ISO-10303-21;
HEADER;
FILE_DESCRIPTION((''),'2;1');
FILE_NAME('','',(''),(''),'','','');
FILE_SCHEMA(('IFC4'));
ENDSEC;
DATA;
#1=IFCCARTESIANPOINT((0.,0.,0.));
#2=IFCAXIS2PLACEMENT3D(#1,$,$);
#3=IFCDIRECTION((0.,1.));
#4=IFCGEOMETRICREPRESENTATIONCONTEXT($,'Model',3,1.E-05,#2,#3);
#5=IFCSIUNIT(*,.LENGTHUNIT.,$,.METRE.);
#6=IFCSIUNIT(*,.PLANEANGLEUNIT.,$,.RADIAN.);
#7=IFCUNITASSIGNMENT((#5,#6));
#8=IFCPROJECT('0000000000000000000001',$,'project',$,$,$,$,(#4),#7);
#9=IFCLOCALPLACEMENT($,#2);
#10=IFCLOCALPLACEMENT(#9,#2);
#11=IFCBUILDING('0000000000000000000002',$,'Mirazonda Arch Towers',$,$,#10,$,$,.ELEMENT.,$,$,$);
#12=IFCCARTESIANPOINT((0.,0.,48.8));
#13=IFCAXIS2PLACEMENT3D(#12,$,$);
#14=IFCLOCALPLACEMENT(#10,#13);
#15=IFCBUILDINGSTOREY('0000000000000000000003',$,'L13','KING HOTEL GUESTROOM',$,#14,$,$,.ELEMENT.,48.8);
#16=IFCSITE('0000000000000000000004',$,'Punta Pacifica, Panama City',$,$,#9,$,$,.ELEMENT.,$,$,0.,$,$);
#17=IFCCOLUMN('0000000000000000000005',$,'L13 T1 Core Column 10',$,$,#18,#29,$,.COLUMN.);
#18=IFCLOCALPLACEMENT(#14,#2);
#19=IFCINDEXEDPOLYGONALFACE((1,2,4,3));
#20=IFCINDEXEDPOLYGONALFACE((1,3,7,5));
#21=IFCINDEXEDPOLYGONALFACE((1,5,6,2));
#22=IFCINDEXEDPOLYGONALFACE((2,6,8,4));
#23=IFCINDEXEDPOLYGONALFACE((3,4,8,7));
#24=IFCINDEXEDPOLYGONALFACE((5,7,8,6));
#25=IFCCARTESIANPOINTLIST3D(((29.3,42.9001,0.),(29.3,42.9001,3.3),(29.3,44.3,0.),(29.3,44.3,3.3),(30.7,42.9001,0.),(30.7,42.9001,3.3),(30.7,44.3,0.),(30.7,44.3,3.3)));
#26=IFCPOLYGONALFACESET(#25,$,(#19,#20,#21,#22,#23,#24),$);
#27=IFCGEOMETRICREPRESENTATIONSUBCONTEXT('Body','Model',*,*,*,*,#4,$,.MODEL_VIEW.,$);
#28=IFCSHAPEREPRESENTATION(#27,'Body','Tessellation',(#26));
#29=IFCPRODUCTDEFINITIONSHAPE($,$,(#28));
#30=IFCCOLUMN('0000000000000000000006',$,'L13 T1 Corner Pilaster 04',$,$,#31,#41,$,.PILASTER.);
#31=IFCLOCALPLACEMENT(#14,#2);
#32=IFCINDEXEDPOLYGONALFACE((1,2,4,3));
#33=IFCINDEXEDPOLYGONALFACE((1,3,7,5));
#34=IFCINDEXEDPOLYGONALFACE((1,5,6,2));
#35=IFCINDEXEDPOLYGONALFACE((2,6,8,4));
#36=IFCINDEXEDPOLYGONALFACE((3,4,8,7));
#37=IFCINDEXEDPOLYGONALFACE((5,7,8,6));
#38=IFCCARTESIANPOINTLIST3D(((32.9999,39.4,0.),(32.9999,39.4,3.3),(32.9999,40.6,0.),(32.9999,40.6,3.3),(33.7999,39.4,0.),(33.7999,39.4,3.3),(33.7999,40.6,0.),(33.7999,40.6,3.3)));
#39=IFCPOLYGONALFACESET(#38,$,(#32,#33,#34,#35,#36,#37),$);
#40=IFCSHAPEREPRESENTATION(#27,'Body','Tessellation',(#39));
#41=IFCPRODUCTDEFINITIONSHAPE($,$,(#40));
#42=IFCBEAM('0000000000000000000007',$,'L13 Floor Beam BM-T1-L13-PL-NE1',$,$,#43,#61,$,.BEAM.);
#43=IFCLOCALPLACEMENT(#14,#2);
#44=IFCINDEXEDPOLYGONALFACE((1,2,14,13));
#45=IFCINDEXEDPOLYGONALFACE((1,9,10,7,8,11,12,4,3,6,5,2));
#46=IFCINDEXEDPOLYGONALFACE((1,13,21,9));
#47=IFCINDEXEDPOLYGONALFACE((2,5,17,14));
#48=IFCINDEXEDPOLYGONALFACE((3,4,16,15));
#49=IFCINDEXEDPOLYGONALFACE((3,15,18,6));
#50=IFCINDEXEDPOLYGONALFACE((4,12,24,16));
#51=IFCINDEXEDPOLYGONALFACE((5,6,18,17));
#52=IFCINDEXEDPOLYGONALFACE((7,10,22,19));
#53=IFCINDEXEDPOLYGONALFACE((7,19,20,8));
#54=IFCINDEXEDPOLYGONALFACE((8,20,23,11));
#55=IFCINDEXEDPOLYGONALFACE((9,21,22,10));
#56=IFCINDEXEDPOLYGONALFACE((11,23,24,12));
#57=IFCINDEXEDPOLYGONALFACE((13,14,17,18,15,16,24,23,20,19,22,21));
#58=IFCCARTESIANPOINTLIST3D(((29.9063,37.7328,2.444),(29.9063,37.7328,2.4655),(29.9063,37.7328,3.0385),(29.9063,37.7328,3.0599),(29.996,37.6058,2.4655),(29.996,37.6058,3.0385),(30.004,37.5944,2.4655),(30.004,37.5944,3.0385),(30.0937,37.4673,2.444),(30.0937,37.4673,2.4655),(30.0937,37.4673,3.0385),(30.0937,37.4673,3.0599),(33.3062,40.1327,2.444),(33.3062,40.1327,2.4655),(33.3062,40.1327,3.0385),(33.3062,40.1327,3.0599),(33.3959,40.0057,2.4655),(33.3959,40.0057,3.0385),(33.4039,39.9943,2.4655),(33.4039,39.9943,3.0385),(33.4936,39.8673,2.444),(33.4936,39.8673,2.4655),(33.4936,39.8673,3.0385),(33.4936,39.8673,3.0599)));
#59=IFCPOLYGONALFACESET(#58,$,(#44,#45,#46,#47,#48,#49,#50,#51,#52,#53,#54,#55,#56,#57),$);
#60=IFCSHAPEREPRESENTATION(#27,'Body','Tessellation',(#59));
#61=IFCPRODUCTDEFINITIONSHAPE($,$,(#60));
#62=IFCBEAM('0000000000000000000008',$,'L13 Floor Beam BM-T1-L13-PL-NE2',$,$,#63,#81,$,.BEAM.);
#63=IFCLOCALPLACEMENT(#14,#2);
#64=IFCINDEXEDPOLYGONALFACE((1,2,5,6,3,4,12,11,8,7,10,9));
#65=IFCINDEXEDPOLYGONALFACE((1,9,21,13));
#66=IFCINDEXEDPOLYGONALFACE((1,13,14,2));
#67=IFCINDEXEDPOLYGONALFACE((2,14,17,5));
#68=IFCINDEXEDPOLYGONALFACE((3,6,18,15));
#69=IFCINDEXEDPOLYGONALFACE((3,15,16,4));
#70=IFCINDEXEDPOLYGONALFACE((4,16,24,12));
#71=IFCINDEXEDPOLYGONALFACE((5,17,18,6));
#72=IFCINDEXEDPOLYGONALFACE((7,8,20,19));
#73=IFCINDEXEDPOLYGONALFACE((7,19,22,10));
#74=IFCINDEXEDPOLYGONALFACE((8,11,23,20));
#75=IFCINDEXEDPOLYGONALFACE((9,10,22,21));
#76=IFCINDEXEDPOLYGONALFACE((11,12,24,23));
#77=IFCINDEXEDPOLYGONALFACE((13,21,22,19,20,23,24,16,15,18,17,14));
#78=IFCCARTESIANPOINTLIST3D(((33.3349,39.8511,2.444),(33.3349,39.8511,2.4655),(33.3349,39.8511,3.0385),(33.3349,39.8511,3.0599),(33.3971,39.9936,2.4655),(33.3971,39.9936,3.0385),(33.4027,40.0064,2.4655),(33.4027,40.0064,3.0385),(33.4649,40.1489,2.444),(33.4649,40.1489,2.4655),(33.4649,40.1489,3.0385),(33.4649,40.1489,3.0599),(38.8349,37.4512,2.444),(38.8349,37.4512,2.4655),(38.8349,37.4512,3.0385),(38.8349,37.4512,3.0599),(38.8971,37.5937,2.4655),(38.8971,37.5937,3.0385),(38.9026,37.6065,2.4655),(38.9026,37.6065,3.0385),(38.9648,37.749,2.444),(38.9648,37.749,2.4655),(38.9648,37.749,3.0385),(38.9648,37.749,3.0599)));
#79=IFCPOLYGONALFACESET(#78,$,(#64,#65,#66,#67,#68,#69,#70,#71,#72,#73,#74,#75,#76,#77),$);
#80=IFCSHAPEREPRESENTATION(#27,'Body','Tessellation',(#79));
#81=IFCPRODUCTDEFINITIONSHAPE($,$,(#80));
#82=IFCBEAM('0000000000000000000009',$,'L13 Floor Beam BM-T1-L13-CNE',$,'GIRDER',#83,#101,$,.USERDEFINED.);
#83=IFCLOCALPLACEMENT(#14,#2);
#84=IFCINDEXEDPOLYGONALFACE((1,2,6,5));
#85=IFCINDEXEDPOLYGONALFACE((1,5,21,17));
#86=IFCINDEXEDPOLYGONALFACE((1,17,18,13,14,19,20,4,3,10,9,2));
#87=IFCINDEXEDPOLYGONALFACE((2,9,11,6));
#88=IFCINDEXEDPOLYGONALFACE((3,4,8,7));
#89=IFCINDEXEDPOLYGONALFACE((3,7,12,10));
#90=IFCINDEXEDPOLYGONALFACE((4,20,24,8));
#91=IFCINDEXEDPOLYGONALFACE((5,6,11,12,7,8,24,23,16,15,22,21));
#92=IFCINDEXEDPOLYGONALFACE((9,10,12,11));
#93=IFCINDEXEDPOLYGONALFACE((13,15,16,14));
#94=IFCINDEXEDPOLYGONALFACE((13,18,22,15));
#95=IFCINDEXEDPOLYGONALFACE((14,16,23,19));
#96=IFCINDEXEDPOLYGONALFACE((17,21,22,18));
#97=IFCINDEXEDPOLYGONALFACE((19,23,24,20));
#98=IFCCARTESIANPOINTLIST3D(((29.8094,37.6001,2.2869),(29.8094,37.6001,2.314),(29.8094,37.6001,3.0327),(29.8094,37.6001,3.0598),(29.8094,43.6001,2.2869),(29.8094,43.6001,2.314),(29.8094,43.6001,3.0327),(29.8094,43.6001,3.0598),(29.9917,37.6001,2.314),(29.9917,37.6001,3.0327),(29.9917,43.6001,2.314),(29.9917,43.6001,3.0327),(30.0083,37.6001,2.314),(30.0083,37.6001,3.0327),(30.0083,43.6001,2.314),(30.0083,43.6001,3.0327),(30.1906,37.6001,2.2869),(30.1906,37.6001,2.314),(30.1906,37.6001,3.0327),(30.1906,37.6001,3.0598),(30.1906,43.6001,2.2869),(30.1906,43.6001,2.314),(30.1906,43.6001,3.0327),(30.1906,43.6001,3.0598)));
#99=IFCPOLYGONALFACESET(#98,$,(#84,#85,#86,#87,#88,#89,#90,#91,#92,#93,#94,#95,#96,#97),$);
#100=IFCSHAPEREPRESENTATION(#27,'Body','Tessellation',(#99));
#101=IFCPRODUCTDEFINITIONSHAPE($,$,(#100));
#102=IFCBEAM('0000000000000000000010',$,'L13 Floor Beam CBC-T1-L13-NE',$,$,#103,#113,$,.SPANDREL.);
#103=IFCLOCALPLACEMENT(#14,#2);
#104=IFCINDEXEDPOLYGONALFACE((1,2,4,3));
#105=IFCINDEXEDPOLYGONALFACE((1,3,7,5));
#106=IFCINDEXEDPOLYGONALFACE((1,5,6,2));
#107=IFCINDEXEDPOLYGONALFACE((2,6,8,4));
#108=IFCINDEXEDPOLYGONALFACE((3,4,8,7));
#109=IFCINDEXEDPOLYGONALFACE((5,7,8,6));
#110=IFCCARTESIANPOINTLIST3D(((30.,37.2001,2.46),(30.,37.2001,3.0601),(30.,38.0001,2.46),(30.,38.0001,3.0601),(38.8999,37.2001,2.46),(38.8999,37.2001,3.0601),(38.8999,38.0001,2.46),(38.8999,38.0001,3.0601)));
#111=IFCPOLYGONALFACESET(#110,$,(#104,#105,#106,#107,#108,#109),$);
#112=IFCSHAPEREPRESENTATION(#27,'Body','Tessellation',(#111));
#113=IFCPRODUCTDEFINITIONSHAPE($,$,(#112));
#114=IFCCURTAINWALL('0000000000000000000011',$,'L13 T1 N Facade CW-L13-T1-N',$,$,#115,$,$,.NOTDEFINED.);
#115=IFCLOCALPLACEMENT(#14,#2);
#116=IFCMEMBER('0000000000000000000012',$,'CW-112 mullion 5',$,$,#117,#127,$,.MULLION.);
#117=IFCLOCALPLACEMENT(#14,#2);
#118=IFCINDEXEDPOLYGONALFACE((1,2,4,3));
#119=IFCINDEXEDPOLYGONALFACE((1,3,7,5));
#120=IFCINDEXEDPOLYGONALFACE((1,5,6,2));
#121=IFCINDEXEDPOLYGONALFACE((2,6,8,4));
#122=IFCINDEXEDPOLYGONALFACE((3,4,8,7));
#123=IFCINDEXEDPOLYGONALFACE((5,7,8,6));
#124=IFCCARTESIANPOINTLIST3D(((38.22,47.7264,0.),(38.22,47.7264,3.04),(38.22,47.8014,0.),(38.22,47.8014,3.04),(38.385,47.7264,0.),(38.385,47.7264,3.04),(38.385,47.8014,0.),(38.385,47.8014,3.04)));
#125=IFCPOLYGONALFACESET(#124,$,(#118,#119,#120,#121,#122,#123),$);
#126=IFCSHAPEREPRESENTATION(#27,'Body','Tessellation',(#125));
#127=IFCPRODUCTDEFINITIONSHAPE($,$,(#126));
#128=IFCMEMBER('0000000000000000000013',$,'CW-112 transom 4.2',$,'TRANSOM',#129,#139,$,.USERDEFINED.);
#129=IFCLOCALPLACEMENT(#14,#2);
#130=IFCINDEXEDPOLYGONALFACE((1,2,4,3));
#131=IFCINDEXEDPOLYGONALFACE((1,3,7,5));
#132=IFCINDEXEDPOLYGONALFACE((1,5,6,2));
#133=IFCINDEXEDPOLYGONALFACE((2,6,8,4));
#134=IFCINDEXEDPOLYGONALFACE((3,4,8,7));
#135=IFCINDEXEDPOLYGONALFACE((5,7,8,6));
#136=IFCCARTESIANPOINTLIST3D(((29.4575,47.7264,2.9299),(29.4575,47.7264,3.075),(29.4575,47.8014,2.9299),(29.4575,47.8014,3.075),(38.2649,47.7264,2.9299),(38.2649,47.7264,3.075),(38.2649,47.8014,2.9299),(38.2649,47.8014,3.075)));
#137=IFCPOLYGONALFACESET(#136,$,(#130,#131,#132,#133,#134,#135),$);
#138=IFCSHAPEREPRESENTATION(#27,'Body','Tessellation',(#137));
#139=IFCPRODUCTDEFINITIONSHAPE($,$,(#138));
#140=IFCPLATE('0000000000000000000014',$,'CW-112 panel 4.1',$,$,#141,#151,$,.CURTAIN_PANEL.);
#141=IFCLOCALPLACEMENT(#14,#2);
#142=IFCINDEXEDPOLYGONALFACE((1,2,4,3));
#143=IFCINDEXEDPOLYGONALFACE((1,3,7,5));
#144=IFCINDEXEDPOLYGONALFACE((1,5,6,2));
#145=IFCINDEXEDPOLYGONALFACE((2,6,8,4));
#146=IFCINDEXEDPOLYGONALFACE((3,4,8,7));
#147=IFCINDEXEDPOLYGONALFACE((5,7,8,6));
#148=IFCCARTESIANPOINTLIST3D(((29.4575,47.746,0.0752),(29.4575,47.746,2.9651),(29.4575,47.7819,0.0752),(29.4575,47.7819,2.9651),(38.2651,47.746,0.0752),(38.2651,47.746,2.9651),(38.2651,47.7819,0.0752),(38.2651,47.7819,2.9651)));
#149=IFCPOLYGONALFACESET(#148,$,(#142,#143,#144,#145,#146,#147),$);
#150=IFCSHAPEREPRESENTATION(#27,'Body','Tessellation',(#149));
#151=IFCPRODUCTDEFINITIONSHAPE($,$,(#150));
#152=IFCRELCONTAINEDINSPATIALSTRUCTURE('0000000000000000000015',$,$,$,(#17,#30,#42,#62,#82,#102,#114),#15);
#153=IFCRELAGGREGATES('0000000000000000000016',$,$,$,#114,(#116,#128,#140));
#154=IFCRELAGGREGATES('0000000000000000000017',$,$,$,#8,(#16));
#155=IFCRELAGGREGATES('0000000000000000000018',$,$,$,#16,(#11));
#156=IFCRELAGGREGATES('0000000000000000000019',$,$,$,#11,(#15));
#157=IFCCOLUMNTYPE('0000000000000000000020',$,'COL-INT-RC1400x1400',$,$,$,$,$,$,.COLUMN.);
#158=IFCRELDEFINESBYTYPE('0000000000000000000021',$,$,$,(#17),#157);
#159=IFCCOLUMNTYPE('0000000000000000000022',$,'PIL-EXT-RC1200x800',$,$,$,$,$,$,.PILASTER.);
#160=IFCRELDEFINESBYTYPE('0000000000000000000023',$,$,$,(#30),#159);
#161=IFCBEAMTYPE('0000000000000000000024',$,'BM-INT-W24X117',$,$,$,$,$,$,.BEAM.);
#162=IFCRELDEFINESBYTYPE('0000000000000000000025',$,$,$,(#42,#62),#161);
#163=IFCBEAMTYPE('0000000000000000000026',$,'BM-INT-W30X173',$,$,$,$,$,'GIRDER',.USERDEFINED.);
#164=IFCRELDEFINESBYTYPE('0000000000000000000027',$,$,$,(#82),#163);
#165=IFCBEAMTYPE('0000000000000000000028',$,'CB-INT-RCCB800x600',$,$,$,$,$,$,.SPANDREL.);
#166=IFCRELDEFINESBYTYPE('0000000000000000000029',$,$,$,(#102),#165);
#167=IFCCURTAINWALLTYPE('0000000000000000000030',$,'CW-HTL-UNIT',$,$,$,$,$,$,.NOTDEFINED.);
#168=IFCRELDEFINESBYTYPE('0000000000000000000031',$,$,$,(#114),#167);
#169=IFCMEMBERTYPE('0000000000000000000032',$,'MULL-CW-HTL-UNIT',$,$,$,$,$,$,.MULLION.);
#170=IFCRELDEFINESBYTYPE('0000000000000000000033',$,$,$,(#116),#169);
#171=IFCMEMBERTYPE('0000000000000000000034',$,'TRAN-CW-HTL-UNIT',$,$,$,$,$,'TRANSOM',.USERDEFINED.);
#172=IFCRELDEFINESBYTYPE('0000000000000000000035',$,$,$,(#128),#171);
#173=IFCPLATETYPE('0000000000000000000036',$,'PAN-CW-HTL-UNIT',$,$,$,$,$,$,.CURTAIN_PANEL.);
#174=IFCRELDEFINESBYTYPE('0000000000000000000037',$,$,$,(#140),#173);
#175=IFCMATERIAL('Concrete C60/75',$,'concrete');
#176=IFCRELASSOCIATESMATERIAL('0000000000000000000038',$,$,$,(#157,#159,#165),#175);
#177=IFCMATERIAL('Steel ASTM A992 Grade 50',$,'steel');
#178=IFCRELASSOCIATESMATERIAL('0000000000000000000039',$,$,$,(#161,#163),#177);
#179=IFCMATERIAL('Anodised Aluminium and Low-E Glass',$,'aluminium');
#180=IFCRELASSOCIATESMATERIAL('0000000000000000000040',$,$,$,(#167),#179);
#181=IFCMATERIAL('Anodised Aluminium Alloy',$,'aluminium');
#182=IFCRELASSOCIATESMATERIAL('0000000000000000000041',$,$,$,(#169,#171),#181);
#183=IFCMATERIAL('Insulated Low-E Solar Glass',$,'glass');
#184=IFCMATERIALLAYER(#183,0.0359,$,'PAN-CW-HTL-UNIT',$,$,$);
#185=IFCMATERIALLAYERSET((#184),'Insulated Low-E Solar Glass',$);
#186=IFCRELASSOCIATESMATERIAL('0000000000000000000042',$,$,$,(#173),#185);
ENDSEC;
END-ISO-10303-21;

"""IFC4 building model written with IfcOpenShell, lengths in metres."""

from ifc_helpers import new_model, si_unit, direction, frame, origin, origin_2d, place, context, subcontext, project, spatial, rectangle, i_section, extrude, material, layer, layer_set, material_profile, profile_set, type_object, element, aggregate, save


model = new_model("IFC4")

# Units and contexts
model_context = context("Model", 3, precision=1e-05, world=origin(), true_north=direction((0.0, 1.0)))
body_context = subcontext(model_context, "Body", "Model", "MODEL_VIEW")
ifc_project = project(units=[si_unit("LENGTHUNIT", "METRE"), si_unit("PLANEANGLEUNIT", "RADIAN")], contexts=[model_context])

# Site, building, storey
site_placement = place(None, origin())
site = spatial("IfcSite", under=ifc_project, at=site_placement, Name="Punta Pacifica, Panama City", CompositionType="ELEMENT", RefElevation=0.0)
building_placement = place(site_placement, origin())
building = spatial("IfcBuilding", under=site, at=building_placement, Name="Mirazonda Arch Towers", CompositionType="ELEMENT")
storey_placement = place(building_placement, frame((0.0, 0.0, 48.8)))
storey = spatial("IfcBuildingStorey", under=building, at=storey_placement, Name="L13", Description="KING HOTEL GUESTROOM", CompositionType="ELEMENT", Elevation=48.8)

# Columns
ifc_material_1 = material(Name="Concrete C60/75", Category="concrete")
ifc_material_profile_1 = material_profile(ifc_material_1, rectangle(XDim=1.3999, YDim=1.3999, at=origin_2d()), Name="RC1400x1400")
ifc_profile_set_1 = profile_set([ifc_material_profile_1], Name="Concrete C60/75")
column_type_1 = type_object("IfcColumnType", Name="COL-INT-RC1400x1400", PredefinedType="COLUMN", material=ifc_profile_set_1)
column_1_placement = place(storey_placement, frame((30.0, 43.6001, 0.0), z_axis=(0.0, 0.0, 1.0), x_axis=(1.0, 0.0, 0.0)))
element("IfcColumn", 1, at=column_1_placement, inside=storey, type_object=column_type_1, Name="L13 T1 Core Column 10", PredefinedType="COLUMN", context=body_context, shape_type="SweptSolid", body=[
    extrude(rectangle(XDim=1.3999, YDim=1.3999, at=origin_2d()), origin(), (0.0, 0.0, 1.0), 3.3),
])
ifc_material_profile_2 = material_profile(ifc_material_1, rectangle(XDim=0.8, YDim=1.2, at=origin_2d()), Name="RC1200x800")
ifc_profile_set_2 = profile_set([ifc_material_profile_2], Name="Concrete C60/75")
column_type_2 = type_object("IfcColumnType", Name="PIL-EXT-RC1200x800", PredefinedType="PILASTER", material=ifc_profile_set_2)
column_2_placement = place(storey_placement, frame((33.3999, 40.0, 0.0), z_axis=(0.0, 0.0, 1.0), x_axis=(1.0, 0.0, 0.0)))
element("IfcColumn", 2, at=column_2_placement, inside=storey, type_object=column_type_2, Name="L13 T1 Corner Pilaster 04", PredefinedType="PILASTER", context=body_context, shape_type="SweptSolid", body=[
    extrude(rectangle(XDim=0.8, YDim=1.2, at=origin_2d()), origin(), (0.0, 0.0, 1.0), 3.3),
])

# Beams
ifc_material_2 = material(Name="Steel ASTM A992 Grade 50", Category="steel")
ifc_material_profile_3 = material_profile(ifc_material_2, i_section(OverallWidth=0.325, OverallDepth=0.616, WebThickness=0.0139, FlangeThickness=0.0215, at=origin_2d()), Name="W24X117")
ifc_profile_set_3 = profile_set([ifc_material_profile_3], Name="Steel ASTM A992 Grade 50")
beam_type_1 = type_object("IfcBeamType", Name="BM-INT-W24X117", PredefinedType="BEAM", material=ifc_profile_set_3)
beam_1_placement = place(storey_placement, frame((33.3999, 40.0, 2.752), z_axis=(-0.816971, -0.576679, 0.0), x_axis=(0.576679, -0.816971, 0.0)))
element("IfcBeam", 3, at=beam_1_placement, inside=storey, type_object=beam_type_1, Name="L13 Floor Beam BM-T1-L13-PL-NE1", PredefinedType="BEAM", context=body_context, shape_type="SweptSolid", body=[
    extrude(i_section(OverallWidth=0.325, OverallDepth=0.616, WebThickness=0.0139, FlangeThickness=0.0215, at=origin_2d()), origin(), (0.0, 0.0, 1.0), 4.1616),
])
beam_2_placement = place(storey_placement, frame((33.3999, 40.0, 2.752), z_axis=(0.916545, -0.399931, 0.0), x_axis=(0.399931, 0.916545, 0.0)))
element("IfcBeam", 4, at=beam_2_placement, inside=storey, type_object=beam_type_1, Name="L13 Floor Beam BM-T1-L13-PL-NE2", PredefinedType="BEAM", context=body_context, shape_type="SweptSolid", body=[
    extrude(i_section(OverallWidth=0.325, OverallDepth=0.616, WebThickness=0.0139, FlangeThickness=0.0215, at=origin_2d()), origin(), (0.0, 0.0, 1.0), 6.0007),
])
ifc_material_profile_4 = material_profile(ifc_material_2, i_section(OverallWidth=0.3811, OverallDepth=0.7729, WebThickness=0.0166, FlangeThickness=0.0271, at=origin_2d()), Name="W30X173")
ifc_profile_set_4 = profile_set([ifc_material_profile_4], Name="Steel ASTM A992 Grade 50")
beam_type_2 = type_object("IfcBeamType", Name="BM-INT-W30X173", ElementType="GIRDER", PredefinedType="USERDEFINED", material=ifc_profile_set_4)
beam_3_placement = place(storey_placement, frame((30.0, 37.6001, 2.6733), z_axis=(0.0, 1.0, 0.0), x_axis=(-1.0, 0.0, 0.0)))
element("IfcBeam", 5, at=beam_3_placement, inside=storey, type_object=beam_type_2, Name="L13 Floor Beam BM-T1-L13-CNE", ObjectType="GIRDER", PredefinedType="USERDEFINED", context=body_context, shape_type="SweptSolid", body=[
    extrude(i_section(OverallWidth=0.3811, OverallDepth=0.7729, WebThickness=0.0166, FlangeThickness=0.0271, at=origin_2d()), origin(), (0.0, 0.0, 1.0), 6.0),
])
ifc_material_profile_5 = material_profile(ifc_material_1, rectangle(XDim=0.8, YDim=0.6001, at=origin_2d()), Name="RCCB800x600")
ifc_profile_set_5 = profile_set([ifc_material_profile_5], Name="Concrete C60/75")
beam_type_3 = type_object("IfcBeamType", Name="CB-INT-RCCB800x600", PredefinedType="SPANDREL", material=ifc_profile_set_5)
beam_4_placement = place(storey_placement, frame((30.0, 37.6001, 2.76), z_axis=(1.0, 0.0, 0.0), x_axis=(0.0, 1.0, 0.0)))
element("IfcBeam", 6, at=beam_4_placement, inside=storey, type_object=beam_type_3, Name="L13 Floor Beam CBC-T1-L13-NE", PredefinedType="SPANDREL", context=body_context, shape_type="SweptSolid", body=[
    extrude(rectangle(XDim=0.8, YDim=0.6001, at=origin_2d()), origin(), (0.0, 0.0, 1.0), 8.8999),
])

# Curtain wall, members, plate
ifc_material_3 = material(Name="Anodised Aluminium and Low-E Glass", Category="aluminium")
curtain_wall_type = type_object("IfcCurtainWallType", Name="CW-HTL-UNIT", PredefinedType="NOTDEFINED", material=ifc_material_3)
curtain_wall_placement = place(storey_placement, origin())
curtain_wall = element("IfcCurtainWall", 7, at=curtain_wall_placement, inside=storey, type_object=curtain_wall_type, Name="L13 T1 N Facade CW-L13-T1-N", PredefinedType="NOTDEFINED")
ifc_material_4 = material(Name="Anodised Aluminium Alloy", Category="aluminium")
ifc_material_profile_6 = material_profile(ifc_material_4, rectangle(XDim=0.075, YDim=0.165, at=origin_2d()), Name="ALU-MULL-75x165")
ifc_profile_set_6 = profile_set([ifc_material_profile_6], Name="Anodised Aluminium Alloy")
member_type_1 = type_object("IfcMemberType", Name="MULL-CW-HTL-UNIT", PredefinedType="MULLION", material=ifc_profile_set_6)
member_1_placement = place(storey_placement, frame((38.3025, 47.7639, 0.0), z_axis=(0.0, 0.0, 1.0), x_axis=(0.0, 1.0, 0.0)))
member_1 = element("IfcMember", 8, at=member_1_placement, type_object=member_type_1, Name="CW-112 mullion 5", PredefinedType="MULLION", context=body_context, shape_type="SweptSolid", body=[
    extrude(rectangle(XDim=0.075, YDim=0.165, at=origin_2d()), origin(), (0.0, 0.0, 1.0), 3.04),
])
ifc_material_profile_7 = material_profile(ifc_material_4, rectangle(XDim=0.075, YDim=0.145, at=origin_2d()), Name="ALU-TRAN-75x145")
ifc_profile_set_7 = profile_set([ifc_material_profile_7], Name="Anodised Aluminium Alloy")
member_type_2 = type_object("IfcMemberType", Name="TRAN-CW-HTL-UNIT", ElementType="TRANSOM", PredefinedType="USERDEFINED", material=ifc_profile_set_7)
member_2_placement = place(storey_placement, frame((29.4575, 47.7639, 3.0024), z_axis=(1.0, 0.0, 0.0), x_axis=(0.0, 1.0, 0.0)))
member_2 = element("IfcMember", 9, at=member_2_placement, type_object=member_type_2, Name="CW-112 transom 4.2", ObjectType="TRANSOM", PredefinedType="USERDEFINED", context=body_context, shape_type="SweptSolid", body=[
    extrude(rectangle(XDim=0.075, YDim=0.145, at=origin_2d()), origin(), (0.0, 0.0, 1.0), 8.8074),
])
ifc_material_5 = material(Name="Insulated Low-E Solar Glass", Category="glass")
ifc_layer_1 = layer(ifc_material_5, 0.0359, Name="PAN-CW-HTL-UNIT")
ifc_layer_set_1 = layer_set([ifc_layer_1], Name="Insulated Low-E Solar Glass")
plate_type = type_object("IfcPlateType", Name="PAN-CW-HTL-UNIT", PredefinedType="CURTAIN_PANEL", material=ifc_layer_set_1)
plate_placement = place(storey_placement, frame((33.8613, 47.7639, 0.0752), z_axis=(0.0, 0.0, 1.0), x_axis=(1.0, 0.0, 0.0)))
plate = element("IfcPlate", 10, at=plate_placement, type_object=plate_type, Name="CW-112 panel 4.1", PredefinedType="CURTAIN_PANEL", context=body_context, shape_type="SweptSolid", body=[
    extrude(rectangle(XDim=8.8076, YDim=0.0359, at=origin_2d()), origin(), (0.0, 0.0, 1.0), 2.8899),
])
aggregate(curtain_wall, [member_1, member_2, plate])

save(model, "model.ifc")
